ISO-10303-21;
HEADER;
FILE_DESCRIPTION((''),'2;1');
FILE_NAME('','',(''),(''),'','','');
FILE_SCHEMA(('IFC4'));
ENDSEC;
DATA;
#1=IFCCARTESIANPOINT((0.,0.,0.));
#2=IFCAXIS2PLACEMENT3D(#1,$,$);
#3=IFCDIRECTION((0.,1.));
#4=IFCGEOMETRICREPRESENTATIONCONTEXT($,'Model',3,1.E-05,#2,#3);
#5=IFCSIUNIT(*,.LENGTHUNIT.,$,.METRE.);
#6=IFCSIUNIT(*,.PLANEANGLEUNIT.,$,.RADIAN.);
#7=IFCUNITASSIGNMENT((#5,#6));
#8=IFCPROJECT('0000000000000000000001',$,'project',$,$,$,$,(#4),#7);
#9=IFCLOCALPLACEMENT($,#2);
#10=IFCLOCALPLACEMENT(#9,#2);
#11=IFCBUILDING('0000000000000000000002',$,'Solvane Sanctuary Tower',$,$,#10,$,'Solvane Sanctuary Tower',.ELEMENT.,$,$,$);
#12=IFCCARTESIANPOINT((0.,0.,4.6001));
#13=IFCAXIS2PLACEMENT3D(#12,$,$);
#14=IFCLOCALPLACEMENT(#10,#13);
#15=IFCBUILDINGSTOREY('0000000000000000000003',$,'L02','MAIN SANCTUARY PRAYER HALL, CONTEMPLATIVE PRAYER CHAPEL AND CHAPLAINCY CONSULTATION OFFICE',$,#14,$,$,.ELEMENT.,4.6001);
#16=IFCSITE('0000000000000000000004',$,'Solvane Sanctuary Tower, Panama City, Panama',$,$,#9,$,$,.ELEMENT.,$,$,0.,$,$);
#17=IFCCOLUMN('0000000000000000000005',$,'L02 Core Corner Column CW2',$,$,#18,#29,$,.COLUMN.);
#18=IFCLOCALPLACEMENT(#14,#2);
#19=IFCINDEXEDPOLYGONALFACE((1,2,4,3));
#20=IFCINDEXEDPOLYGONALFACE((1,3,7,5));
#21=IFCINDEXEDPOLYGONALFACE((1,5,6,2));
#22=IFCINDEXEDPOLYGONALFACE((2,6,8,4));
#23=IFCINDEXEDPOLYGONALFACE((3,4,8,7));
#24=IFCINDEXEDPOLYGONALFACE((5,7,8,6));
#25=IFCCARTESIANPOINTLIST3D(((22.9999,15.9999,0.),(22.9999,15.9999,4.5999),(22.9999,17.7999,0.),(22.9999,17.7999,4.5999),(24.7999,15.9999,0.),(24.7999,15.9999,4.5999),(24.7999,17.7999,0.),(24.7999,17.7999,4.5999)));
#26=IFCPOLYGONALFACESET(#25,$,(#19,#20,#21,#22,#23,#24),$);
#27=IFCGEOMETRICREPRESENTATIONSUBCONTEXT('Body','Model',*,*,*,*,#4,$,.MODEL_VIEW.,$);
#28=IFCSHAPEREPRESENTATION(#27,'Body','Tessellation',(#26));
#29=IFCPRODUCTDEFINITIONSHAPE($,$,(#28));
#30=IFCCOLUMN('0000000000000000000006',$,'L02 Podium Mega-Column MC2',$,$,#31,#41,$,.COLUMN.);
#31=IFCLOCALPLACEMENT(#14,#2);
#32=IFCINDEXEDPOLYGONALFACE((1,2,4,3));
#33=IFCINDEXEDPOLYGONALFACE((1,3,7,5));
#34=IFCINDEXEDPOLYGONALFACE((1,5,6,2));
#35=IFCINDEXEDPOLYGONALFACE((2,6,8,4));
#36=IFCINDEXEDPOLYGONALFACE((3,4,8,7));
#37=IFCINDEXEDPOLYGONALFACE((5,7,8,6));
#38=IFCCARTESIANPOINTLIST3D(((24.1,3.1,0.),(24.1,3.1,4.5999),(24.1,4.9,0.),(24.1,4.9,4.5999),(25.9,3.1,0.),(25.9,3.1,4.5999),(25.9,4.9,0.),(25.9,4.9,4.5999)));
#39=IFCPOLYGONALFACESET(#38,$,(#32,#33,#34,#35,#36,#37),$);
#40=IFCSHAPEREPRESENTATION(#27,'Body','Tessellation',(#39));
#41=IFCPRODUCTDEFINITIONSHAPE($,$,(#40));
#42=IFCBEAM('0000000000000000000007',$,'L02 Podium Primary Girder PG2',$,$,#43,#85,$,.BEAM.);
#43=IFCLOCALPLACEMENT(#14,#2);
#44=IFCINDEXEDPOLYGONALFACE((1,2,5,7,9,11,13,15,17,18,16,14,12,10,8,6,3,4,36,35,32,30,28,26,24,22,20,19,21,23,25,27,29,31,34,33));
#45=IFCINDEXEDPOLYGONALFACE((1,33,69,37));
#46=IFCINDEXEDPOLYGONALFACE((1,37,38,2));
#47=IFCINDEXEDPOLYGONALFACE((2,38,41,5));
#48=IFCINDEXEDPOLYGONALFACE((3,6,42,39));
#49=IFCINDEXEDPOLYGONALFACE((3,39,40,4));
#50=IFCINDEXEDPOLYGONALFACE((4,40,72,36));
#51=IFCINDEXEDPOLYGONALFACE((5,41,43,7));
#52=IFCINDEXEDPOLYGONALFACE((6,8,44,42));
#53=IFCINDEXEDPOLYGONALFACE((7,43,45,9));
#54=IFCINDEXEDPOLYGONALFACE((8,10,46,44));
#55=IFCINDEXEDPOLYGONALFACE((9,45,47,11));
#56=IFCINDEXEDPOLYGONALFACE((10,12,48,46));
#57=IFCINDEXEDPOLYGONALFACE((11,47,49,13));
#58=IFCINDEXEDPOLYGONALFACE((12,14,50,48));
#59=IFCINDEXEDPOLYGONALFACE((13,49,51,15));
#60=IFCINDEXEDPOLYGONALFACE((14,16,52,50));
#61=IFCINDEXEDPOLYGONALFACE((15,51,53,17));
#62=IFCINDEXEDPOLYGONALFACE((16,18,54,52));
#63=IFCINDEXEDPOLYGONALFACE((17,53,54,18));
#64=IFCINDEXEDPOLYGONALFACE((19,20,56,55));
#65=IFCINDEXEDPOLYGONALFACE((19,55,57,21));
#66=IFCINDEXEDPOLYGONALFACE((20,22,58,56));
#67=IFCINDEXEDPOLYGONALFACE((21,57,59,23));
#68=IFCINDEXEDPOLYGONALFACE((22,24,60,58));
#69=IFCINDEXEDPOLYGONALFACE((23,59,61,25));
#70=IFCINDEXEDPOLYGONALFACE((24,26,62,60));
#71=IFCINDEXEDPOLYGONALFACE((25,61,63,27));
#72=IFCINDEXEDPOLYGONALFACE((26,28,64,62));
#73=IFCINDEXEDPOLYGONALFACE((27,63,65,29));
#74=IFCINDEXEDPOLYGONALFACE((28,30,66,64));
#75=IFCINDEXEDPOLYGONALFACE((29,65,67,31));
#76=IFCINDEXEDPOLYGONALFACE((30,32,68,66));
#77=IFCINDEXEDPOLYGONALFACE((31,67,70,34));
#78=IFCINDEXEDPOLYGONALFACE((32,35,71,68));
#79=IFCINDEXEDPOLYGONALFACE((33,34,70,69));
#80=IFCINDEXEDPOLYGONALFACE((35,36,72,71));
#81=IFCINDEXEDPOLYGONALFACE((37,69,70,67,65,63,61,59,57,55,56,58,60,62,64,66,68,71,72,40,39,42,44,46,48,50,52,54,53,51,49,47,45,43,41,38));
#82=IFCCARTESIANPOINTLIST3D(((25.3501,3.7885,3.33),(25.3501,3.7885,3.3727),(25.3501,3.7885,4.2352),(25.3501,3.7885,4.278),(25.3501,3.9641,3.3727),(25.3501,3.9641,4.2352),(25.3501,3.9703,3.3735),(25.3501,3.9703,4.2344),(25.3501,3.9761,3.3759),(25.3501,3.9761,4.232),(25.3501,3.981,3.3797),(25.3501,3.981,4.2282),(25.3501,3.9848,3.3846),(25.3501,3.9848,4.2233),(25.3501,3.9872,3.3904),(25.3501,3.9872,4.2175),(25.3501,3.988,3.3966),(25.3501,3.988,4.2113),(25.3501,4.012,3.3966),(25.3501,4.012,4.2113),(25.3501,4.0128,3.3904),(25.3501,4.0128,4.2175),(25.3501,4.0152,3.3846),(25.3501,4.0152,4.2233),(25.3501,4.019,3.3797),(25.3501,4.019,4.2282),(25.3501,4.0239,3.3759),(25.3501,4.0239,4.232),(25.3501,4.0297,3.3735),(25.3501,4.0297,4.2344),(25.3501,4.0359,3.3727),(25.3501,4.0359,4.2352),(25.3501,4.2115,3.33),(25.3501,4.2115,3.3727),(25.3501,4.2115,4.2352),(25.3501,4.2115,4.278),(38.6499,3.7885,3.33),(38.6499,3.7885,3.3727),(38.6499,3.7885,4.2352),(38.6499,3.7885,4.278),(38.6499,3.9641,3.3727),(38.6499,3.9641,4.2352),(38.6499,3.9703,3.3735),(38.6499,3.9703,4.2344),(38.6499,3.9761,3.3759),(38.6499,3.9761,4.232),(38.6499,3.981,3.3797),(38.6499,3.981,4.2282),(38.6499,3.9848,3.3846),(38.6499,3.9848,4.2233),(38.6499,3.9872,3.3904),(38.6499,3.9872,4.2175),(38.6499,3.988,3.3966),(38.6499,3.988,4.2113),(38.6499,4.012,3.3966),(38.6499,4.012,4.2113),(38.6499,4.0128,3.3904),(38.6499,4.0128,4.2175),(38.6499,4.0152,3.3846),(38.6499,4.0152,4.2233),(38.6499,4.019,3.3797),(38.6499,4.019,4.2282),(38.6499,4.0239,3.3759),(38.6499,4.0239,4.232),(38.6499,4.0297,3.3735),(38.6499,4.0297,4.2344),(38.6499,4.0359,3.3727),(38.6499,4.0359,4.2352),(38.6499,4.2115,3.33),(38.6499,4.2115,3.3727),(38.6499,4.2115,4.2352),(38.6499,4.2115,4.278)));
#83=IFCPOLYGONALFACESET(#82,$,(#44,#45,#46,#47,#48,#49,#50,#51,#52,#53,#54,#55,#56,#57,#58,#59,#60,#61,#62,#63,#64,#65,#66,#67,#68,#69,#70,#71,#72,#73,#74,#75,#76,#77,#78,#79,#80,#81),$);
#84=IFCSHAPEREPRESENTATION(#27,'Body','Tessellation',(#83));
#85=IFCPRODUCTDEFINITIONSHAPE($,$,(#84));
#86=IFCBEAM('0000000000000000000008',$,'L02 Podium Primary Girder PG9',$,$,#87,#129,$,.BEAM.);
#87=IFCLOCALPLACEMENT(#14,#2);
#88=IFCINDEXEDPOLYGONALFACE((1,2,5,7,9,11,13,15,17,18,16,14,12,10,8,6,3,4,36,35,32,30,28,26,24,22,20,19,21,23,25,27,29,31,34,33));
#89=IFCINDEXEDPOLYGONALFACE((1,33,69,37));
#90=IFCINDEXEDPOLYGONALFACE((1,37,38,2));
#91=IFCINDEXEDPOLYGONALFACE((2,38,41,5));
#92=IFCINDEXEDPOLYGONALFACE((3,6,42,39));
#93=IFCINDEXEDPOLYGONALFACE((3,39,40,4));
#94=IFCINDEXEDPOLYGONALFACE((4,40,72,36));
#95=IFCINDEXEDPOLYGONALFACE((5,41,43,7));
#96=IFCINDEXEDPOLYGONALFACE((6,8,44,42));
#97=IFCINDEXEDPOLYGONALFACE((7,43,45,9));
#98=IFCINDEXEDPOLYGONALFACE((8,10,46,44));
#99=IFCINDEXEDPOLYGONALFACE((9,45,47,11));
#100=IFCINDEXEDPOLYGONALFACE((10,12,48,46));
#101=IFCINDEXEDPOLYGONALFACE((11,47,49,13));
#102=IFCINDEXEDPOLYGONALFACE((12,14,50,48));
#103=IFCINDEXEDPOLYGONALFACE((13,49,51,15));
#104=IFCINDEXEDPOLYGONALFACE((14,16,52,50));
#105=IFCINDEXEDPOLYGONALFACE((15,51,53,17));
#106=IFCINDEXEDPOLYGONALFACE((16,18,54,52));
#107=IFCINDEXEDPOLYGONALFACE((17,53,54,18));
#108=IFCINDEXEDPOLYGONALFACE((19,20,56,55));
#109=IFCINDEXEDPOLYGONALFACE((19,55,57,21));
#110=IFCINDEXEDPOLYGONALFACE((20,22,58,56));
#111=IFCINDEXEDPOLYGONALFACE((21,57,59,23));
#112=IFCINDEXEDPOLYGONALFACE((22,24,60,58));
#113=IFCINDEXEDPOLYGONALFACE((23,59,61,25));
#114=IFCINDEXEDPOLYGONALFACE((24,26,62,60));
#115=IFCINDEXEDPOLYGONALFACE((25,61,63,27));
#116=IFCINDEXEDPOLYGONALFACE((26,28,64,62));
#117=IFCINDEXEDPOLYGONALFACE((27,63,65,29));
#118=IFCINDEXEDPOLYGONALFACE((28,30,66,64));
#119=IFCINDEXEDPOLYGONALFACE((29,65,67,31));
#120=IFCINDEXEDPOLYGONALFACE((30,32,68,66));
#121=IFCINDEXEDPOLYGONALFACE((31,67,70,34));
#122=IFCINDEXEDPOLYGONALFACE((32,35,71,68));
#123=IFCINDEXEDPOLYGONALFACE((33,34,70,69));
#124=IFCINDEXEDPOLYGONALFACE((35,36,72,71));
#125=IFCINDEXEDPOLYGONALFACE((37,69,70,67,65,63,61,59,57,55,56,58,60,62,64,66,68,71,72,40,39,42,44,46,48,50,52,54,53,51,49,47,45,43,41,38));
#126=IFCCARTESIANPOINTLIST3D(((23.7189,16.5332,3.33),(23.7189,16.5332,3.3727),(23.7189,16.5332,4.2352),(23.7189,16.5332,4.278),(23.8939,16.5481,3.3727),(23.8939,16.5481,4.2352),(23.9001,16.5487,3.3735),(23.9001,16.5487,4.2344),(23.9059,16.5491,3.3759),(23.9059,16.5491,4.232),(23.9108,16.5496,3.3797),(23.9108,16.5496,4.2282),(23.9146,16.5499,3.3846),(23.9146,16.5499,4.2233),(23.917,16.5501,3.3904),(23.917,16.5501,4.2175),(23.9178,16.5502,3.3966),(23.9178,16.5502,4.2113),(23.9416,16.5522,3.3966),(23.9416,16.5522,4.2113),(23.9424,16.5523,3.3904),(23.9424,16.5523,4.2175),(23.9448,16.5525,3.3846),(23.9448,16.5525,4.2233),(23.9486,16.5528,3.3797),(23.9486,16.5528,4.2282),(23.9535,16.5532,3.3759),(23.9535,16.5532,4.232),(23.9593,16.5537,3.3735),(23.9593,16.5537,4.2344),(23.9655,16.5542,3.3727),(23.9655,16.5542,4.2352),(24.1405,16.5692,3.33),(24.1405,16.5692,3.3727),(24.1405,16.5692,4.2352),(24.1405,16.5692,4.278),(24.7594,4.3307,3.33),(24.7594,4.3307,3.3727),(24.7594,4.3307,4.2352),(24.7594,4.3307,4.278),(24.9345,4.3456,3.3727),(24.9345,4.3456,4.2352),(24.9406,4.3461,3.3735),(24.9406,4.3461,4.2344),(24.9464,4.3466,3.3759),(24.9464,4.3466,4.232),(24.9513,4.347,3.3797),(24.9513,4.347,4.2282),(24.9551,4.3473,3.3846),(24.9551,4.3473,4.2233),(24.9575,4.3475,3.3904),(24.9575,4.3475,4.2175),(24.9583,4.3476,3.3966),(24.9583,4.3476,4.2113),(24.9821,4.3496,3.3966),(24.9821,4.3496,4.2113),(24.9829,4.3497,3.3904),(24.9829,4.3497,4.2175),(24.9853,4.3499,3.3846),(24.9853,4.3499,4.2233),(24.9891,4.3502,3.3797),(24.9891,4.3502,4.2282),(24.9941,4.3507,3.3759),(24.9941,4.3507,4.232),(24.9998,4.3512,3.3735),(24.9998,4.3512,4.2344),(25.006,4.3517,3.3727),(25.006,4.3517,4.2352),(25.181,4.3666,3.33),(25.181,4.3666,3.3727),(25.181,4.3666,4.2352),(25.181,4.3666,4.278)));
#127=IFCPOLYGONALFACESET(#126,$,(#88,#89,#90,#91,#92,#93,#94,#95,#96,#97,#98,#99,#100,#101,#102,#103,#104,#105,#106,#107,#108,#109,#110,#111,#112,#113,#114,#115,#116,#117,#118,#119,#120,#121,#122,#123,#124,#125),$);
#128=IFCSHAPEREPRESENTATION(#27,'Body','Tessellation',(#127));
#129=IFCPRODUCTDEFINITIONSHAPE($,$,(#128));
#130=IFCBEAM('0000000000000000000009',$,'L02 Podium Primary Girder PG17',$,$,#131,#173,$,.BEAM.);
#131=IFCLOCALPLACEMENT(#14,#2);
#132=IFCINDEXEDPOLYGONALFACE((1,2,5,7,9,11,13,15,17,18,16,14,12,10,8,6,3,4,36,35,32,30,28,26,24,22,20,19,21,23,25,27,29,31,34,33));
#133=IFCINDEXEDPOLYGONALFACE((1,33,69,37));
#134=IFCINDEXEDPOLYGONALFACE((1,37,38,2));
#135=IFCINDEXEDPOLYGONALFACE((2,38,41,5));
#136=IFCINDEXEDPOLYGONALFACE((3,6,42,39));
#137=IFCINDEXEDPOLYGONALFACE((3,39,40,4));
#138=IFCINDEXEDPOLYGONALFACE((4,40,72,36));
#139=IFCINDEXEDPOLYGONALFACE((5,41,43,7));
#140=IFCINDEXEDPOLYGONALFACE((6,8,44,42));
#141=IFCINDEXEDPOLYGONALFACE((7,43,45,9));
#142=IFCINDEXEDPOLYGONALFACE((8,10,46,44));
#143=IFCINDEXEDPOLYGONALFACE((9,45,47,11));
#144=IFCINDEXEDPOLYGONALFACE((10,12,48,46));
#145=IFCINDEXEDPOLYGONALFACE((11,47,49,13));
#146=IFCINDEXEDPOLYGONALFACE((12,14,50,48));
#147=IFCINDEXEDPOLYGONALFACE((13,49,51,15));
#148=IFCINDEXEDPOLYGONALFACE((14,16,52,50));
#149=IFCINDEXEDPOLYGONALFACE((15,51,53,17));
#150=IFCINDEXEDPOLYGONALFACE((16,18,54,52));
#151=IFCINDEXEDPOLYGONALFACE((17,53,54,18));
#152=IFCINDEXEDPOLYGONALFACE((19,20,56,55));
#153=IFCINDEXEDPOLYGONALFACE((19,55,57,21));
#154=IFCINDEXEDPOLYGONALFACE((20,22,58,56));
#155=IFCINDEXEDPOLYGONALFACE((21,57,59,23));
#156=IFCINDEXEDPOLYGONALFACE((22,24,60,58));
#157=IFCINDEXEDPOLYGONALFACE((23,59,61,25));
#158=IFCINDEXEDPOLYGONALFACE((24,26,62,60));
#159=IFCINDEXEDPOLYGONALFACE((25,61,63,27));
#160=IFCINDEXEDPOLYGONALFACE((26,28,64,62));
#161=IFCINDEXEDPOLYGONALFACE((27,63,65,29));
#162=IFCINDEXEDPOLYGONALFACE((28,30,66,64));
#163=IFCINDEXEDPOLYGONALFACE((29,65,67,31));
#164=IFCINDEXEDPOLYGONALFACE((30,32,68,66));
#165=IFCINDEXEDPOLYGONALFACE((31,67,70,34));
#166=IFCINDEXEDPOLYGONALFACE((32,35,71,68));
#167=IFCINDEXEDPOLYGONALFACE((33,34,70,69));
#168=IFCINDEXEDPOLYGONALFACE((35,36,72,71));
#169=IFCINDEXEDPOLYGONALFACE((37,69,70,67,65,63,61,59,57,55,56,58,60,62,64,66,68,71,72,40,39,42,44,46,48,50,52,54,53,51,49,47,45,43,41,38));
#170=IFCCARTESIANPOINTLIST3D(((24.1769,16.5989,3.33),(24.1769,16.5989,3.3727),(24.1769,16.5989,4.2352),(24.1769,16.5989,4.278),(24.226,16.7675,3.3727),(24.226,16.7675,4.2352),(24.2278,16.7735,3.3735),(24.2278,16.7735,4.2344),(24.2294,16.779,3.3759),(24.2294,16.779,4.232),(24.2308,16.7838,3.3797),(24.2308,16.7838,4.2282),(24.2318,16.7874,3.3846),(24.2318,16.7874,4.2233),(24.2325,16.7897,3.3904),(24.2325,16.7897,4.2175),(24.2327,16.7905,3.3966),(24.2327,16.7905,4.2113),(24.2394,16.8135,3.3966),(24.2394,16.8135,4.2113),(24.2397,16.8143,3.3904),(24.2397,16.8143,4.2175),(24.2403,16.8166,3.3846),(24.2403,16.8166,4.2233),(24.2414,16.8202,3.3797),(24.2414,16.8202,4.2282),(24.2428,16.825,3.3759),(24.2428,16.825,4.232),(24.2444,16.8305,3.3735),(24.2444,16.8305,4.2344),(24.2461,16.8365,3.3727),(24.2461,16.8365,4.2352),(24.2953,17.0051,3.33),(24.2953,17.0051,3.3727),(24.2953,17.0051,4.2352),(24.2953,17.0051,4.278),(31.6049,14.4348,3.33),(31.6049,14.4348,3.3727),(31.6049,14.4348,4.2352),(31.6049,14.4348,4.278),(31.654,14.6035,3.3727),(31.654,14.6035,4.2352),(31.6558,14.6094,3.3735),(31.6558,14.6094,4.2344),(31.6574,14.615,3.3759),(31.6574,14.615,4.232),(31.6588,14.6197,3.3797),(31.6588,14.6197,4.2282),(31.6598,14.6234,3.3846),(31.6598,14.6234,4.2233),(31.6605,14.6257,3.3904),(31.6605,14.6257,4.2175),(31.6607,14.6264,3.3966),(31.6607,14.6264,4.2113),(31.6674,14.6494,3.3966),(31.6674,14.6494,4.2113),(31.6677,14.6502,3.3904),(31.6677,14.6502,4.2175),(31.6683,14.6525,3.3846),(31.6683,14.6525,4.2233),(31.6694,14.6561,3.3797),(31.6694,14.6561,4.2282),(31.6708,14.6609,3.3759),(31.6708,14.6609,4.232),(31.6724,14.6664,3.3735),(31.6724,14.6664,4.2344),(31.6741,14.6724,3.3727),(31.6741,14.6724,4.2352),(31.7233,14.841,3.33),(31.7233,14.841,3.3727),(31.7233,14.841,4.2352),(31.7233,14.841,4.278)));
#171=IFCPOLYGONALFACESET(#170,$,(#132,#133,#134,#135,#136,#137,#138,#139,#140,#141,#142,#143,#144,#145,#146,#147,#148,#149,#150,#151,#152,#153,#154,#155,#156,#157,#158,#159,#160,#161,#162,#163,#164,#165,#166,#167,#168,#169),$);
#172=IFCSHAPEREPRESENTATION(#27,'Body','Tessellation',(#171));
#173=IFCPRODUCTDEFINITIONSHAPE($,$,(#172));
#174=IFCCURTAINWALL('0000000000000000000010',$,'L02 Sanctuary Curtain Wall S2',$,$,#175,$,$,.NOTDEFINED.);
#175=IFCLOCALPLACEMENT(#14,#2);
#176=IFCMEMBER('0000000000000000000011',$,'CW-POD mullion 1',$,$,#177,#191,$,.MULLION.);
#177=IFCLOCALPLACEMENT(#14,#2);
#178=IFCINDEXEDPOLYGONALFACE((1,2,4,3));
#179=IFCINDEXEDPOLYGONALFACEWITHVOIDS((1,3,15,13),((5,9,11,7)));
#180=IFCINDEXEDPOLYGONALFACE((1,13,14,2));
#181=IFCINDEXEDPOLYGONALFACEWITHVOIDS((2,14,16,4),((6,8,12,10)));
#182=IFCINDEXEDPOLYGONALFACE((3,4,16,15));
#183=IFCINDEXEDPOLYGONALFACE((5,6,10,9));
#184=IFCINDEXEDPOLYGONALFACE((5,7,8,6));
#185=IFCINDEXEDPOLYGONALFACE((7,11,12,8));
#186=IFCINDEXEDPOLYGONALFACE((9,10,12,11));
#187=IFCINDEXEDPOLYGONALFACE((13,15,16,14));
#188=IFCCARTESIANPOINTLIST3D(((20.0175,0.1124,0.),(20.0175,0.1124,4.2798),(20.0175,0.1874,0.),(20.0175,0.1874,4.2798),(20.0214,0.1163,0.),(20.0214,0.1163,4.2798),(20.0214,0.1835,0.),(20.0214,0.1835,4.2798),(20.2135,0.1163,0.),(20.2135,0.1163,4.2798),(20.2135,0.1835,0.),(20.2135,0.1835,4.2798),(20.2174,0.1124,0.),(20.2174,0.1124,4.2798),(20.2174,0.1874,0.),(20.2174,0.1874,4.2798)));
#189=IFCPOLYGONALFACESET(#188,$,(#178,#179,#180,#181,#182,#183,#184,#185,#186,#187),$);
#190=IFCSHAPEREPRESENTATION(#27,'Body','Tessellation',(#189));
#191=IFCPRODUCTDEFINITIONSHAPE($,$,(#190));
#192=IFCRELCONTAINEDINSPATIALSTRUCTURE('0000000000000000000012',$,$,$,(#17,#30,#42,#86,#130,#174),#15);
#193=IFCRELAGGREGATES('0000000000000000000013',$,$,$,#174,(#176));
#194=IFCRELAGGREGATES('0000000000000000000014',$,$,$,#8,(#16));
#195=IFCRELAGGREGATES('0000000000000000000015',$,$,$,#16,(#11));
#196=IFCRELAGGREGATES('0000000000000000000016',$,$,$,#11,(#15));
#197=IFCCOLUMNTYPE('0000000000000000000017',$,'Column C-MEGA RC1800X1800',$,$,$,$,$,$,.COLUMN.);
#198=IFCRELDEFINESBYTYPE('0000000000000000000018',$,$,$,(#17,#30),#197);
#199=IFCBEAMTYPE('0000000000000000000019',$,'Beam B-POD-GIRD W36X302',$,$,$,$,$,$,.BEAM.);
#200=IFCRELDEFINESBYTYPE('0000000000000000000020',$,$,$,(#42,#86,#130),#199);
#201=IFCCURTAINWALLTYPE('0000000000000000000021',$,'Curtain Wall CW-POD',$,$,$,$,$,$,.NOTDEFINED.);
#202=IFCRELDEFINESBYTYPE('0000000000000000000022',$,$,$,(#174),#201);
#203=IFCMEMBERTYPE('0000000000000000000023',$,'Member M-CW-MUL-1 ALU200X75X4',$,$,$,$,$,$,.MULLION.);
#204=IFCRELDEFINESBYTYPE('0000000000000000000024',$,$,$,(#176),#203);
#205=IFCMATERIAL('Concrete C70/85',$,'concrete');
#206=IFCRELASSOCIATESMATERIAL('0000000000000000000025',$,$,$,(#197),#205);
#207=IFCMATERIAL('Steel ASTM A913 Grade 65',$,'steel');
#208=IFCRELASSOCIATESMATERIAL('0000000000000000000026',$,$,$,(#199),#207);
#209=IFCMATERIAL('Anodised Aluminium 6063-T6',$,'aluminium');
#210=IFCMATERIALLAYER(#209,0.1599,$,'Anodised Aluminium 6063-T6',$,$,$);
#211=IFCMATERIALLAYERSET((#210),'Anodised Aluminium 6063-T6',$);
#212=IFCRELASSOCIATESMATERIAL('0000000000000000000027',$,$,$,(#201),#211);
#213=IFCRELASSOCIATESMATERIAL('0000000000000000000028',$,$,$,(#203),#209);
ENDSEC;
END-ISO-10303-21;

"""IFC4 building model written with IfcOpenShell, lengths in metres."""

from ifc_helpers import new_model, si_unit, direction, frame, origin, origin_2d, place, context, subcontext, project, spatial, rectangle, hollow_rectangle, i_section, extrude, material, layer, layer_set, material_profile, profile_set, type_object, element, aggregate, save


model = new_model("IFC4")

# Units and contexts
model_context = context("Model", 3, precision=1e-05, world=origin(), true_north=direction((0.0, 1.0)))
body_context = subcontext(model_context, "Body", "Model", "MODEL_VIEW")
ifc_project = project(units=[si_unit("LENGTHUNIT", "METRE"), si_unit("PLANEANGLEUNIT", "RADIAN")], contexts=[model_context])

# Site, building, storey
site_placement = place(None, origin())
site = spatial("IfcSite", under=ifc_project, at=site_placement, Name="Solvane Sanctuary Tower, Panama City, Panama", CompositionType="ELEMENT", RefElevation=0.0)
building_placement = place(site_placement, origin())
building = spatial("IfcBuilding", under=site, at=building_placement, Name="Solvane Sanctuary Tower", LongName="Solvane Sanctuary Tower", CompositionType="ELEMENT")
storey_placement = place(building_placement, frame((0.0, 0.0, 4.6001)))
storey = spatial("IfcBuildingStorey", under=building, at=storey_placement, Name="L02", Description="MAIN SANCTUARY PRAYER HALL, CONTEMPLATIVE PRAYER CHAPEL AND CHAPLAINCY CONSULTATION OFFICE", CompositionType="ELEMENT", Elevation=4.6001)

# Columns
ifc_material_1 = material(Name="Concrete C70/85", Category="concrete")
ifc_material_profile_1 = material_profile(ifc_material_1, rectangle(XDim=1.8, YDim=1.8, at=origin_2d()), Name="RC1800X1800")
ifc_profile_set_1 = profile_set([ifc_material_profile_1], Name="Concrete C70/85")
column_type = type_object("IfcColumnType", Name="Column C-MEGA RC1800X1800", PredefinedType="COLUMN", material=ifc_profile_set_1)
for number, where, z_axis, x_axis, name in (
    (1, (23.8999, 16.8999, 0.0), (0.0, 0.0, 1.0), (1.0, 0.0, 0.0), "L02 Core Corner Column CW2"),
    (2, (25.0, 4.0, 0.0), (0.0, 0.0, 1.0), (1.0, 0.0, 0.0), "L02 Podium Mega-Column MC2"),
):
    element("IfcColumn", number, at=place(storey_placement, frame(where, z_axis=z_axis, x_axis=x_axis)), inside=storey, type_object=column_type, Name=name, PredefinedType="COLUMN", context=body_context, shape_type="SweptSolid", body=[
        extrude(rectangle(XDim=1.8, YDim=1.8, at=origin_2d()), origin(), (0.0, 0.0, 1.0), 4.5999),
    ])

# Beams
ifc_material_2 = material(Name="Steel ASTM A913 Grade 65", Category="steel")
ifc_material_profile_2 = material_profile(ifc_material_2, i_section(OverallWidth=0.4231, OverallDepth=0.948, WebThickness=0.0239, FlangeThickness=0.0427, FilletRadius=0.0239, at=origin_2d()), Name="W36X302")
ifc_profile_set_2 = profile_set([ifc_material_profile_2], Name="Steel ASTM A913 Grade 65")
beam_type = type_object("IfcBeamType", Name="Beam B-POD-GIRD W36X302", PredefinedType="BEAM", material=ifc_profile_set_2)
beam_1_placement = place(storey_placement, frame((25.3501, 4.0, 3.804), z_axis=(1.0, 0.0, 0.0), x_axis=(0.0, 1.0, 0.0)))
element("IfcBeam", 3, at=beam_1_placement, inside=storey, type_object=beam_type, Name="L02 Podium Primary Girder PG2", PredefinedType="BEAM", context=body_context, shape_type="SweptSolid", body=[
    extrude(i_section(OverallWidth=0.4231, OverallDepth=0.948, WebThickness=0.0239, FlangeThickness=0.0427, FilletRadius=0.0239, at=origin_2d()), origin(), (0.0, 0.0, 1.0), 13.2998),
])
beam_2_placement = place(storey_placement, frame((24.9702, 4.3486, 3.804), z_axis=(-0.084962, 0.996384, 0.0), x_axis=(-0.996384, -0.084962, 0.0)))
element("IfcBeam", 4, at=beam_2_placement, inside=storey, type_object=beam_type, Name="L02 Podium Primary Girder PG9", PredefinedType="BEAM", context=body_context, shape_type="SweptSolid", body=[
    extrude(i_section(OverallWidth=0.4231, OverallDepth=0.948, WebThickness=0.0239, FlangeThickness=0.0427, FilletRadius=0.0239, at=origin_2d()), origin(), (0.0, 0.0, 1.0), 12.2468),
])
beam_3_placement = place(storey_placement, frame((24.2361, 16.802, 3.804), z_axis=(0.960084, -0.27971, 0.0), x_axis=(0.27971, 0.960084, 0.0)))
element("IfcBeam", 5, at=beam_3_placement, inside=storey, type_object=beam_type, Name="L02 Podium Primary Girder PG17", PredefinedType="BEAM", context=body_context, shape_type="SweptSolid", body=[
    extrude(i_section(OverallWidth=0.4231, OverallDepth=0.948, WebThickness=0.0239, FlangeThickness=0.0427, FilletRadius=0.0239, at=origin_2d()), origin(), (0.0, 0.0, 1.0), 7.7368),
])

# Curtain wall, member
ifc_material_3 = material(Name="Anodised Aluminium 6063-T6", Category="aluminium")
ifc_layer_1 = layer(ifc_material_3, 0.1599, Name="Anodised Aluminium 6063-T6")
ifc_layer_set_1 = layer_set([ifc_layer_1], Name="Anodised Aluminium 6063-T6")
curtain_wall_type = type_object("IfcCurtainWallType", Name="Curtain Wall CW-POD", PredefinedType="NOTDEFINED", material=ifc_layer_set_1)
curtain_wall_placement = place(storey_placement, origin())
curtain_wall = element("IfcCurtainWall", 6, at=curtain_wall_placement, inside=storey, type_object=curtain_wall_type, Name="L02 Sanctuary Curtain Wall S2", PredefinedType="NOTDEFINED")
ifc_material_profile_3 = material_profile(ifc_material_3, hollow_rectangle(XDim=0.075, YDim=0.2, WallThickness=0.0039, at=origin_2d()), Name="ALU200X75X4")
ifc_profile_set_3 = profile_set([ifc_material_profile_3], Name="Anodised Aluminium 6063-T6")
member_type_1 = type_object("IfcMemberType", Name="Member M-CW-MUL-1 ALU200X75X4", PredefinedType="MULLION", material=ifc_profile_set_3)
member_1_placement = place(storey_placement, frame((20.1174, 0.1499, 0.0), z_axis=(0.0, 0.0, 1.0), x_axis=(0.0, 1.0, 0.0)))
member_1 = element("IfcMember", 7, at=member_1_placement, type_object=member_type_1, Name="CW-POD mullion 1", PredefinedType="MULLION", context=body_context, shape_type="SweptSolid", body=[
    extrude(hollow_rectangle(XDim=0.075, YDim=0.2, WallThickness=0.0039, at=origin_2d()), origin(), (0.0, 0.0, 1.0), 4.2798),
])
aggregate(curtain_wall, [member_1])

save(model, "model.ifc")
